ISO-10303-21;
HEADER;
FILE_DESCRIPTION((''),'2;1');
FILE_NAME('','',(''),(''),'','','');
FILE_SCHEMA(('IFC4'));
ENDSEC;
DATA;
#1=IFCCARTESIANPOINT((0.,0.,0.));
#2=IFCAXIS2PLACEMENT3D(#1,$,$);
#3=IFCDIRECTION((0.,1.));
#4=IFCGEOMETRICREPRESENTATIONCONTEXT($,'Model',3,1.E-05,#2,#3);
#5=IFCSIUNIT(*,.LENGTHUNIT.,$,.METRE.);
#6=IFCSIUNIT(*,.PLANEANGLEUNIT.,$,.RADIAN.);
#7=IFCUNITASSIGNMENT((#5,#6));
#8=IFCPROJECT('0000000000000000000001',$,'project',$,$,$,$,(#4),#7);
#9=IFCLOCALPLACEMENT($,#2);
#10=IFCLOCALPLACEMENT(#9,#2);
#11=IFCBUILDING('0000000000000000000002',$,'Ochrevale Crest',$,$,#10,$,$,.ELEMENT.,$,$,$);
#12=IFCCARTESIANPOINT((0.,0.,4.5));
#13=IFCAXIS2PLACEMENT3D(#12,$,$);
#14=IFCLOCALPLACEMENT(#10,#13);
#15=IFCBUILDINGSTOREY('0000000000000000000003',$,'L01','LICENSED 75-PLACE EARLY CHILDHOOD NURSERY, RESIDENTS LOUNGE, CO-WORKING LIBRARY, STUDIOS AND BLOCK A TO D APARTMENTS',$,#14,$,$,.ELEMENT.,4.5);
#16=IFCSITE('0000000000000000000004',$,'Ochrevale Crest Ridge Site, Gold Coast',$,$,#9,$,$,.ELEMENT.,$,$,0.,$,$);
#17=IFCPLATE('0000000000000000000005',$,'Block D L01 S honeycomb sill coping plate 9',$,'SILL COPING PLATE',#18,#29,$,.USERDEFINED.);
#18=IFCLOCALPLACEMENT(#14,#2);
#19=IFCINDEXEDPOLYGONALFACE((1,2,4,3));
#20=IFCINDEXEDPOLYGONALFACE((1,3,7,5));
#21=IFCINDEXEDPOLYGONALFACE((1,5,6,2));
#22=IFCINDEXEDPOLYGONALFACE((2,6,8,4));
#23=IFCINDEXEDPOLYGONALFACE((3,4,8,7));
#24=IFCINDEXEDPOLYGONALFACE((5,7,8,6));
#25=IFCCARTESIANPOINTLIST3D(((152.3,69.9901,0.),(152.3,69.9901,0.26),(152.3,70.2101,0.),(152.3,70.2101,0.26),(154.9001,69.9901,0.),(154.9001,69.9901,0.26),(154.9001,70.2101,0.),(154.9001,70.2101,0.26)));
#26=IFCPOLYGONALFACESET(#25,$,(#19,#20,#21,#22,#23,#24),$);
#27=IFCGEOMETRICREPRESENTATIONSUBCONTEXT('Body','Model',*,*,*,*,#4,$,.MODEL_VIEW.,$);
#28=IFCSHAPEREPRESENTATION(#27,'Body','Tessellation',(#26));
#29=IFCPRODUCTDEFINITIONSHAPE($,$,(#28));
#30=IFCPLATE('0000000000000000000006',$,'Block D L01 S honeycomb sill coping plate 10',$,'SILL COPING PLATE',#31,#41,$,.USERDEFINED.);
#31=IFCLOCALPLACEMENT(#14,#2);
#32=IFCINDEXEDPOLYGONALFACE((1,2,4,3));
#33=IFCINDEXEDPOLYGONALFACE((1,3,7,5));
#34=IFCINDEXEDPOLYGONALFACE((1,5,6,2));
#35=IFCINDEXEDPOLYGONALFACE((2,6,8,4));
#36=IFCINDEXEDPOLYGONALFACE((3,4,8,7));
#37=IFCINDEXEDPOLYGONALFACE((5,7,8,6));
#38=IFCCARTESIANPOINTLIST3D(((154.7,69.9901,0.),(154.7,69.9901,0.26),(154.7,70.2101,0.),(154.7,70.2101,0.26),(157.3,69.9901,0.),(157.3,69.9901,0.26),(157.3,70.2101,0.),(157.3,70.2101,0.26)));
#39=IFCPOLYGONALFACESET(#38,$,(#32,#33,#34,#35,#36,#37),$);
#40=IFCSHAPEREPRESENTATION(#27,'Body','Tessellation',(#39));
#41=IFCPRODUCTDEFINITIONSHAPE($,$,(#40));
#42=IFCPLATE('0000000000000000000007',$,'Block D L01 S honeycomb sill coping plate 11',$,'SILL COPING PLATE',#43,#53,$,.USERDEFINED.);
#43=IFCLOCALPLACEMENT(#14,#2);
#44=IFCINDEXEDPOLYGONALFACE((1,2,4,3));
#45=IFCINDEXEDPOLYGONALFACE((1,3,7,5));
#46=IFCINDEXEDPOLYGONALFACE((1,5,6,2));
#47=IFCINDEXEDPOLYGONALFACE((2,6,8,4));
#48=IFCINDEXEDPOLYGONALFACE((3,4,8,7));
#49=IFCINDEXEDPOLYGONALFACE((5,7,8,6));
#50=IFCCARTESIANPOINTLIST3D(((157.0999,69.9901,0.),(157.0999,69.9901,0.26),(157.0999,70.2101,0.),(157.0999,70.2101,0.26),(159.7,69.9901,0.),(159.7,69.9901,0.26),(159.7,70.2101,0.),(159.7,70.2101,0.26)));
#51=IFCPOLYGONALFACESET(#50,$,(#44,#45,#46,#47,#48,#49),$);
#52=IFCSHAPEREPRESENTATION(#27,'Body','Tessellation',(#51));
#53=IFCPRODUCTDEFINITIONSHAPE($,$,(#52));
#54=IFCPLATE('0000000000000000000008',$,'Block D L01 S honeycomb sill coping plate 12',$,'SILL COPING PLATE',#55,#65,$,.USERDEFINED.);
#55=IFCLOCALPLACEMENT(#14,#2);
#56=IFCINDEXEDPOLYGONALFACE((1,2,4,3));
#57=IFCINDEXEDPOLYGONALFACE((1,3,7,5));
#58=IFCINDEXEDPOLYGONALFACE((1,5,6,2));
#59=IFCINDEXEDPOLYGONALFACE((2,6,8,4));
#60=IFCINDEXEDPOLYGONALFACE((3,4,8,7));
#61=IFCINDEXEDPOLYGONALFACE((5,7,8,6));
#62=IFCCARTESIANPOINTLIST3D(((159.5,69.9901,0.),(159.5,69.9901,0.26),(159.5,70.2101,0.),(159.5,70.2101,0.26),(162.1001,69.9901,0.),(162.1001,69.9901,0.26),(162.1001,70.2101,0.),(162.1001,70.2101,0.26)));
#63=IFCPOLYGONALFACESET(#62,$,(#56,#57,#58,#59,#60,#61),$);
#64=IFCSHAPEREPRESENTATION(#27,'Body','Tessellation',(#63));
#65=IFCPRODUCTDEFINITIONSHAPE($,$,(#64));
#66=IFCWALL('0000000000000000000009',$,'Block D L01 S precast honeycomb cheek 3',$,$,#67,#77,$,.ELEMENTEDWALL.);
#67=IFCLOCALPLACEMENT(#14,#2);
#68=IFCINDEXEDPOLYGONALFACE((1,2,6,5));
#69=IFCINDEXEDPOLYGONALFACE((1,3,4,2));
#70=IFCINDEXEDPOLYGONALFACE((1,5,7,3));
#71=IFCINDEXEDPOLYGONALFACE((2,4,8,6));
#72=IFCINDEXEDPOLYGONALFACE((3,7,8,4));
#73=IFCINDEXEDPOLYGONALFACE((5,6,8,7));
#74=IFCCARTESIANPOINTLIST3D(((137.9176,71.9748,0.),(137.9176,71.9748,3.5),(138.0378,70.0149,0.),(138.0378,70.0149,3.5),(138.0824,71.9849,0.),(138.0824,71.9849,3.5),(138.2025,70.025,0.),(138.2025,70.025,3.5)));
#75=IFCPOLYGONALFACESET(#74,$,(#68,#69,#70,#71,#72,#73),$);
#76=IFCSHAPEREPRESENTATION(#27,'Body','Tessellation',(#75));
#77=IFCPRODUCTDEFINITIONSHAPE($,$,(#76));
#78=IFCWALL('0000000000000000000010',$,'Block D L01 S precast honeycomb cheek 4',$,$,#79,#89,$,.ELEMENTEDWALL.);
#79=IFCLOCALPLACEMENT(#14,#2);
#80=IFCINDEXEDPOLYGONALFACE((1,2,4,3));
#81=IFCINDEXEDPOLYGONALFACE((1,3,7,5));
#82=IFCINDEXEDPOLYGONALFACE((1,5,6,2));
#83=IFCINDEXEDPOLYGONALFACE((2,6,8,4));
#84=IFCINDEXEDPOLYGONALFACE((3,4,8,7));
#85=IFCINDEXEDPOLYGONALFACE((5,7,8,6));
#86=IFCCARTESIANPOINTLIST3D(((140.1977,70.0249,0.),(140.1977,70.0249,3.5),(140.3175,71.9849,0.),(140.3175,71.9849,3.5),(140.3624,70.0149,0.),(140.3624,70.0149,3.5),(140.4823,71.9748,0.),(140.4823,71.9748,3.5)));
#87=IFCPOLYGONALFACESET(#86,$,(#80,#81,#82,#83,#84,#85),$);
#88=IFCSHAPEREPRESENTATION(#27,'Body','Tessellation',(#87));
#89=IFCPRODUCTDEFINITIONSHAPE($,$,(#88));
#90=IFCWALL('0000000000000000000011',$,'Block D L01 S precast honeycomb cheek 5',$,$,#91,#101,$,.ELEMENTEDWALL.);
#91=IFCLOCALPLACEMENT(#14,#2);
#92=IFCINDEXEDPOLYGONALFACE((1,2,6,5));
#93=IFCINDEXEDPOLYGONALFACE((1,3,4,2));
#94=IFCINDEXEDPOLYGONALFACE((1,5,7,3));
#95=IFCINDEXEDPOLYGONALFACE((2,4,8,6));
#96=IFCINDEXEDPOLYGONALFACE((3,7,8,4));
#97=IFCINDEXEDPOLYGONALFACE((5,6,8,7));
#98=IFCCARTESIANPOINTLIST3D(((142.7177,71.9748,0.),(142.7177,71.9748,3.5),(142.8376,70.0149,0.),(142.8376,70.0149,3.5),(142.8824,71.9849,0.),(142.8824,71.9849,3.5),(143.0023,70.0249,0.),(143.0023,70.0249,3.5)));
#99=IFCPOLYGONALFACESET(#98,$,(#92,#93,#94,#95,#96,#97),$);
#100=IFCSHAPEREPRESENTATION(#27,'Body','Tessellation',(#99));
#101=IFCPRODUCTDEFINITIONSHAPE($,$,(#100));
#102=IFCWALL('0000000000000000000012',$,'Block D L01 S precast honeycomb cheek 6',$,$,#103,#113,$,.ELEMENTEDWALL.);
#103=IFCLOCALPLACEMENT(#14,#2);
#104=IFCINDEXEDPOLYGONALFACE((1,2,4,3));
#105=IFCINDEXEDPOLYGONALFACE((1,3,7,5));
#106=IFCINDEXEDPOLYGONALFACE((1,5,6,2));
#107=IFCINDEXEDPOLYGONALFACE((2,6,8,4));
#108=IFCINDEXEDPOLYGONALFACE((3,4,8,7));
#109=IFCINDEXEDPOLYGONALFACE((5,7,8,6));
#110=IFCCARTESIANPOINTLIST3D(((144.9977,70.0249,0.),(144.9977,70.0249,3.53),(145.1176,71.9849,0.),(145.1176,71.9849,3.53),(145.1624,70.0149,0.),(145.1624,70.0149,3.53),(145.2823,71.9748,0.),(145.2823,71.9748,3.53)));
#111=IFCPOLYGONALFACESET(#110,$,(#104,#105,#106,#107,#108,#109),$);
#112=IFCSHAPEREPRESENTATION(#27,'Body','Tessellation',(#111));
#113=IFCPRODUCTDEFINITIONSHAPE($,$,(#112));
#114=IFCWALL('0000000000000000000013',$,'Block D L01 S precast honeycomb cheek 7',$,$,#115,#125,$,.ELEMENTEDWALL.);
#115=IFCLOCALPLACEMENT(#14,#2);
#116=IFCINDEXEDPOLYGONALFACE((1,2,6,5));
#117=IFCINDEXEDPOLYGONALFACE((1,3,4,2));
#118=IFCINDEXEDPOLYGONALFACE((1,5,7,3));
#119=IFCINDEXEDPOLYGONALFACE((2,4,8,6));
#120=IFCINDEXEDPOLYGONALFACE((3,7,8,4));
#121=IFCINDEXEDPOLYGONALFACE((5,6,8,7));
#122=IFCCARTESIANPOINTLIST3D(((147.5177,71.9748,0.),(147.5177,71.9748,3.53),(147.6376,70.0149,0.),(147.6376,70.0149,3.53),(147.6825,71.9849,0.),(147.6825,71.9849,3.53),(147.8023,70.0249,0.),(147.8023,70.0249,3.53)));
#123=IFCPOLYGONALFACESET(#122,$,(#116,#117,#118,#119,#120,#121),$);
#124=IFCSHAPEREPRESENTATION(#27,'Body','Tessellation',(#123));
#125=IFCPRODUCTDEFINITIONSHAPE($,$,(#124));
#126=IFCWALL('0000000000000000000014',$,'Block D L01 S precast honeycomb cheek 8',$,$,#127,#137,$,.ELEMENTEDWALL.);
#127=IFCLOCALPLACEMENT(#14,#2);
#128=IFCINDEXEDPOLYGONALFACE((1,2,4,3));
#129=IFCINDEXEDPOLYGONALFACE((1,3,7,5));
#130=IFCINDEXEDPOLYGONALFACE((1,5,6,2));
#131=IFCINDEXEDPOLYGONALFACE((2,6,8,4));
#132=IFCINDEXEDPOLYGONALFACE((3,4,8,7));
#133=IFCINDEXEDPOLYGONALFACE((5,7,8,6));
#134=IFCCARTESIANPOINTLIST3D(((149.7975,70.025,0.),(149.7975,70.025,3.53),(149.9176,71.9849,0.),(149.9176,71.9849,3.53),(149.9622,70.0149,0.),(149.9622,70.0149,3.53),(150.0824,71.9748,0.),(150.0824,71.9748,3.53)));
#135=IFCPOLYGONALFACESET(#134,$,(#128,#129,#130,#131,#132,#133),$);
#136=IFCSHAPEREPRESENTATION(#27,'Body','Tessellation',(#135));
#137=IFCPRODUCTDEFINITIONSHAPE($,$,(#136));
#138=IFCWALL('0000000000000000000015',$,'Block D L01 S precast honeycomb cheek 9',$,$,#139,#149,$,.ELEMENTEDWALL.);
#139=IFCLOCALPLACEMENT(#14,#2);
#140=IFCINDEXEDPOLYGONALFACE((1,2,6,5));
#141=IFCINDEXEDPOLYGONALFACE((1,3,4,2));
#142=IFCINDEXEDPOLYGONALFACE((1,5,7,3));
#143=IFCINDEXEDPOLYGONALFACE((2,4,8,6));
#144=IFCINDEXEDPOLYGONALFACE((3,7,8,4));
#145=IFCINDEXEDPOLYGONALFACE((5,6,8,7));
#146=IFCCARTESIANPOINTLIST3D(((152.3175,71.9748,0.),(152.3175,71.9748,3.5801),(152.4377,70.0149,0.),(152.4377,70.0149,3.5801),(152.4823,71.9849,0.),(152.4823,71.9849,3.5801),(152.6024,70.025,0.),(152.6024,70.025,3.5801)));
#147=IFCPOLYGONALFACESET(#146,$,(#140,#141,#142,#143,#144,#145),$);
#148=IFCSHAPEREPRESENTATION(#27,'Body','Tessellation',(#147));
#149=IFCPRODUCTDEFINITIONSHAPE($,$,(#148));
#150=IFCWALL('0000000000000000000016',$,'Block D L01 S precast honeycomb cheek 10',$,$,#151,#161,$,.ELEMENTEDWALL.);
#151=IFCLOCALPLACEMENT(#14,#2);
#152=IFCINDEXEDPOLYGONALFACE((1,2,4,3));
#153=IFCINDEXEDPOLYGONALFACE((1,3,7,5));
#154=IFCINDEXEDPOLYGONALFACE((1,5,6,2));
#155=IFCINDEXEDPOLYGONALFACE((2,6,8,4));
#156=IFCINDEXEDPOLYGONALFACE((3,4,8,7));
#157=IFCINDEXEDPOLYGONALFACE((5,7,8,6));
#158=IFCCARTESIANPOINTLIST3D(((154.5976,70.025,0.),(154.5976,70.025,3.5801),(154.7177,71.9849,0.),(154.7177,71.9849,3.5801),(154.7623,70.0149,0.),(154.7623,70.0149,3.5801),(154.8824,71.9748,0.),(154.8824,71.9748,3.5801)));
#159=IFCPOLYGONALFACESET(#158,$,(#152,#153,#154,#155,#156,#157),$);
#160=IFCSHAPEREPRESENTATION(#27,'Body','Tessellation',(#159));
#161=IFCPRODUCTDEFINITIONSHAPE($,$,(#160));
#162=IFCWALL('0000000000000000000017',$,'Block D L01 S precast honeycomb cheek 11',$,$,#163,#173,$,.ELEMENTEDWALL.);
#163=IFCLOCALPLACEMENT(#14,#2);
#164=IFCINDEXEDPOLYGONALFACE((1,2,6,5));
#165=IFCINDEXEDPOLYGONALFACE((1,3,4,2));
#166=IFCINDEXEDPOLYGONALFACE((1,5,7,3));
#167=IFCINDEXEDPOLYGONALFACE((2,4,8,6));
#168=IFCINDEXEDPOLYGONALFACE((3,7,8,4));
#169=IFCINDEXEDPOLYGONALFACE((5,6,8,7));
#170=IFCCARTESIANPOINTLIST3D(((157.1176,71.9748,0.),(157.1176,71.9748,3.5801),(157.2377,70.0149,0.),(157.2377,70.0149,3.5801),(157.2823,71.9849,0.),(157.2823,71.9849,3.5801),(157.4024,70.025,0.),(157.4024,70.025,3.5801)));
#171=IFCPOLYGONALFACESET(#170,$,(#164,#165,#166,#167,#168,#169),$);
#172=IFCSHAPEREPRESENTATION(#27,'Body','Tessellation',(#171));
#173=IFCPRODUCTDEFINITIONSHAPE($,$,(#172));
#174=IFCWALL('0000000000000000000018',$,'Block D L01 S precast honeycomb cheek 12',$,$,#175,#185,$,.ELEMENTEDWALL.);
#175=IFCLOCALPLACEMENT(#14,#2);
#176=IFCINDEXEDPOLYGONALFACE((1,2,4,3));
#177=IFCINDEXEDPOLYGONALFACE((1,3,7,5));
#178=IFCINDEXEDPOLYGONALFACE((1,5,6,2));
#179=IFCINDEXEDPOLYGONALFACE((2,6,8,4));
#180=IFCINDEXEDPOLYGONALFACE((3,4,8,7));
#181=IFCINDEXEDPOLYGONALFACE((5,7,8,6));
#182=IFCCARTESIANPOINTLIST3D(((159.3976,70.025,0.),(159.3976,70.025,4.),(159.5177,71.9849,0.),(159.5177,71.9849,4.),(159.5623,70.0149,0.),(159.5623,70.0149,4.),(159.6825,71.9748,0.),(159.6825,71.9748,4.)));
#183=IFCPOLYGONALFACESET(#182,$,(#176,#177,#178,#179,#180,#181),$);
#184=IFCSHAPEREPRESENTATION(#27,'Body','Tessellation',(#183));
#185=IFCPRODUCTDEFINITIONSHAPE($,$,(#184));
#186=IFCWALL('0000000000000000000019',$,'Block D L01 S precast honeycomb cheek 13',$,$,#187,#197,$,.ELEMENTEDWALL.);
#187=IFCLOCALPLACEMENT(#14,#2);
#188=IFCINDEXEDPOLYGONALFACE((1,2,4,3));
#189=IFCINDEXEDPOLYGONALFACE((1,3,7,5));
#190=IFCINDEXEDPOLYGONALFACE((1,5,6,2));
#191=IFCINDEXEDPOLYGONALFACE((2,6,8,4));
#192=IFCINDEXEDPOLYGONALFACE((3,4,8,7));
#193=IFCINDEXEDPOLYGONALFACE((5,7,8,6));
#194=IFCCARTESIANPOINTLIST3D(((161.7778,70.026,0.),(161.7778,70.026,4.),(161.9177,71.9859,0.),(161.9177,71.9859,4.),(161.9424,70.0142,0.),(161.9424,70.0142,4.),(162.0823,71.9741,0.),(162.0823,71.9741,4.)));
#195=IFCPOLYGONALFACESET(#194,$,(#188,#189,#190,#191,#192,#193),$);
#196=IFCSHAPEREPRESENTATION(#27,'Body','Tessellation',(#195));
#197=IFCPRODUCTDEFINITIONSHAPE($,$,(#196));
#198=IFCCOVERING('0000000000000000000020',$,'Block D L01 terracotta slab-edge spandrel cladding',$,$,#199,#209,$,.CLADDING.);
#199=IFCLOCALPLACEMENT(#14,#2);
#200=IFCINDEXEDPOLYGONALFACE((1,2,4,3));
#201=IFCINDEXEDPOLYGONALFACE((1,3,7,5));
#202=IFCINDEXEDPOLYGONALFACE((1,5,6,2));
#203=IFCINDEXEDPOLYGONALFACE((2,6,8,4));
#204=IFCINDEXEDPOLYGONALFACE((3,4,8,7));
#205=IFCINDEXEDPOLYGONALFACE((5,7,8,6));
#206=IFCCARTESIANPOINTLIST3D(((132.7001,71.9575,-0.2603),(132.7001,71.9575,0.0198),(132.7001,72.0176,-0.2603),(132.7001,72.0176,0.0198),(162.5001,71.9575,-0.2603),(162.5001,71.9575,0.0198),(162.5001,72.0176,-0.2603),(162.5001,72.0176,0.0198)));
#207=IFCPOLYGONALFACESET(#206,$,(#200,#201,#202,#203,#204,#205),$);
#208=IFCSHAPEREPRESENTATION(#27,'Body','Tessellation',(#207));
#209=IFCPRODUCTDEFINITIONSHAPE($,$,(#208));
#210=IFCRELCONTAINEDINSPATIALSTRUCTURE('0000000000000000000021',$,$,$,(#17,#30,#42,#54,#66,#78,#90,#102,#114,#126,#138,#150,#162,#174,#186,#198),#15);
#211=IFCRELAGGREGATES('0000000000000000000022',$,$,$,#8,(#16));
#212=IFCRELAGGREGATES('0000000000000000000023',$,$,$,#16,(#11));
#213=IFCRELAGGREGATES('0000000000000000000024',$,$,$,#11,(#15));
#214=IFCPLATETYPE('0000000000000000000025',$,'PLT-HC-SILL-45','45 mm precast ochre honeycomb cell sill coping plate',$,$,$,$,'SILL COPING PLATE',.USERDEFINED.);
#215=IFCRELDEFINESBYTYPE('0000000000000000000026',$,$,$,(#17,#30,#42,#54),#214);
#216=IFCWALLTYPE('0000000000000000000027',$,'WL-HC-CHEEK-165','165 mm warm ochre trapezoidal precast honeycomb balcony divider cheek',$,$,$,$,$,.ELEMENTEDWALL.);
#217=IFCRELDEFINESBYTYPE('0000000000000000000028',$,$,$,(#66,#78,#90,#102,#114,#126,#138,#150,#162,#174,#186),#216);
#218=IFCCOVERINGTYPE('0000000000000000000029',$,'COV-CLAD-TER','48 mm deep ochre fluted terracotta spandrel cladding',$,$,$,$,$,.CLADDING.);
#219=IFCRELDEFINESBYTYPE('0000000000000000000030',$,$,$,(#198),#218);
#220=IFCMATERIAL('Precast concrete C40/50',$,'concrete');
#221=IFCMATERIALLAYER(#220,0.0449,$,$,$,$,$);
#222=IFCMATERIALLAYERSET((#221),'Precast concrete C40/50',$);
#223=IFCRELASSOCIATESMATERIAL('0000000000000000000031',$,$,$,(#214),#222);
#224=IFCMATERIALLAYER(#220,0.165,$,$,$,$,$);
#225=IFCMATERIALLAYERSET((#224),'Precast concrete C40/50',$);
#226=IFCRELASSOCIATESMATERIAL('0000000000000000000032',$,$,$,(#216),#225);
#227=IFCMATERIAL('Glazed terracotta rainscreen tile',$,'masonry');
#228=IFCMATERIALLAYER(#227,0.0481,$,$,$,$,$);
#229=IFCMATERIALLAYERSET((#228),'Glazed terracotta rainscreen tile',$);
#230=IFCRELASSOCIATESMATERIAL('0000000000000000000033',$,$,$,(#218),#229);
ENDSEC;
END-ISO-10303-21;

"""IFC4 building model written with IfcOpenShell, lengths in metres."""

from ifc_helpers import new_model, si_unit, direction, frame, frame_2d, origin, origin_2d, place, context, subcontext, project, spatial, rectangle, extrude, material, layer, layer_set, type_object, element, save


model = new_model("IFC4")

# Units and contexts
model_context = context("Model", 3, precision=1e-05, world=origin(), true_north=direction((0.0, 1.0)))
body_context = subcontext(model_context, "Body", "Model", "MODEL_VIEW")
ifc_project = project(units=[si_unit("LENGTHUNIT", "METRE"), si_unit("PLANEANGLEUNIT", "RADIAN")], contexts=[model_context])

# Site, building, storey
site_placement = place(None, origin())
site = spatial("IfcSite", under=ifc_project, at=site_placement, Name="Ochrevale Crest Ridge Site, Gold Coast", CompositionType="ELEMENT", RefElevation=0.0)
building_placement = place(site_placement, origin())
building = spatial("IfcBuilding", under=site, at=building_placement, Name="Ochrevale Crest", CompositionType="ELEMENT")
storey_placement = place(building_placement, frame((0.0, 0.0, 4.5)))
storey = spatial("IfcBuildingStorey", under=building, at=storey_placement, Name="L01", Description="LICENSED 75-PLACE EARLY CHILDHOOD NURSERY, RESIDENTS LOUNGE, CO-WORKING LIBRARY, STUDIOS AND BLOCK A TO D APARTMENTS", CompositionType="ELEMENT", Elevation=4.5)

# Shared definitions
ifc_material_1 = material(Name="Precast concrete C40/50", Category="concrete")

# Plates
ifc_layer_1 = layer(ifc_material_1, 0.0449)
ifc_layer_set_1 = layer_set([ifc_layer_1], Name="Precast concrete C40/50")
plate_type_1 = type_object("IfcPlateType", Name="PLT-HC-SILL-45", Description="45 mm precast ochre honeycomb cell sill coping plate", ElementType="SILL COPING PLATE", PredefinedType="USERDEFINED", material=ifc_layer_set_1)
for number, where, z_axis, x_axis, name in (
    (1, (153.6001, 70.1001, 0.0), (0.0, 0.0, 1.0), (1.0, 0.0, 0.0), "Block D L01 S honeycomb sill coping plate 9"),
    (2, (156.0, 70.1001, 0.0), (0.0, 0.0, 1.0), (1.0, 0.0, 0.0), "Block D L01 S honeycomb sill coping plate 10"),
    (3, (158.3999, 70.1001, 0.0), (0.0, 0.0, 1.0), (1.0, 0.0, 0.0), "Block D L01 S honeycomb sill coping plate 11"),
    (4, (160.8, 70.1001, 0.0), (0.0, 0.0, 1.0), (1.0, 0.0, 0.0), "Block D L01 S honeycomb sill coping plate 12"),
):
    element("IfcPlate", number, at=place(storey_placement, frame(where, z_axis=z_axis, x_axis=x_axis)), inside=storey, type_object=plate_type_1, Name=name, ObjectType="SILL COPING PLATE", PredefinedType="USERDEFINED", context=body_context, shape_type="SweptSolid", body=[
        extrude(rectangle(XDim=2.6001, YDim=0.22, at=origin_2d()), origin(), (0.0, 0.0, 1.0), 0.26),
    ])

# Walls
ifc_layer_2 = layer(ifc_material_1, 0.165)
ifc_layer_set_2 = layer_set([ifc_layer_2], Name="Precast concrete C40/50")
wall_type = type_object("IfcWallType", Name="WL-HC-CHEEK-165", Description="165 mm warm ochre trapezoidal precast honeycomb balcony divider cheek", PredefinedType="ELEMENTEDWALL", material=ifc_layer_set_2)
for number, where, z_axis, x_axis, name in (
    (5, (138.0, 71.98, 0.0), (0.0, 0.0, 1.0), (0.061171, -0.998127, 0.0), "Block D L01 S precast honeycomb cheek 3"),
    (6, (140.3999, 71.98, 0.0), (0.0, 0.0, 1.0), (-0.061047, -0.998135, 0.0), "Block D L01 S precast honeycomb cheek 4"),
    (7, (142.8, 71.98, 0.0), (0.0, 0.0, 1.0), (0.061047, -0.998135, 0.0), "Block D L01 S precast honeycomb cheek 5"),
):
    element("IfcWall", number, at=place(storey_placement, frame(where, z_axis=z_axis, x_axis=x_axis)), inside=storey, type_object=wall_type, Name=name, PredefinedType="ELEMENTEDWALL", context=body_context, shape_type="SweptSolid", body=[
        extrude(rectangle(XDim=1.9636, YDim=0.165, at=frame_2d((0.9819, 0.0))), origin(), (0.0, 0.0, 1.0), 3.5),
    ])
for number, where, z_axis, x_axis, name in (
    (8, (145.2, 71.98, 0.0), (0.0, 0.0, 1.0), (-0.061047, -0.998135, 0.0), "Block D L01 S precast honeycomb cheek 6"),
    (9, (147.6001, 71.98, 0.0), (0.0, 0.0, 1.0), (0.061047, -0.998135, 0.0), "Block D L01 S precast honeycomb cheek 7"),
    (10, (150.0, 71.98, 0.0), (0.0, 0.0, 1.0), (-0.061171, -0.998127, 0.0), "Block D L01 S precast honeycomb cheek 8"),
):
    element("IfcWall", number, at=place(storey_placement, frame(where, z_axis=z_axis, x_axis=x_axis)), inside=storey, type_object=wall_type, Name=name, PredefinedType="ELEMENTEDWALL", context=body_context, shape_type="SweptSolid", body=[
        extrude(rectangle(XDim=1.9636, YDim=0.165, at=frame_2d((0.9819, 0.0))), origin(), (0.0, 0.0, 1.0), 3.53),
    ])
for number, where, z_axis, x_axis, name in (
    (11, (152.3999, 71.98, 0.0), (0.0, 0.0, 1.0), (0.061171, -0.998127, 0.0), "Block D L01 S precast honeycomb cheek 9"),
    (12, (154.8, 71.98, 0.0), (0.0, 0.0, 1.0), (-0.061171, -0.998127, 0.0), "Block D L01 S precast honeycomb cheek 10"),
    (13, (157.2, 71.98, 0.0), (0.0, 0.0, 1.0), (0.061171, -0.998127, 0.0), "Block D L01 S precast honeycomb cheek 11"),
):
    element("IfcWall", number, at=place(storey_placement, frame(where, z_axis=z_axis, x_axis=x_axis)), inside=storey, type_object=wall_type, Name=name, PredefinedType="ELEMENTEDWALL", context=body_context, shape_type="SweptSolid", body=[
        extrude(rectangle(XDim=1.9636, YDim=0.165, at=frame_2d((0.9819, 0.0))), origin(), (0.0, 0.0, 1.0), 3.5801),
    ])
wall_1_placement = place(storey_placement, frame((159.6001, 71.98, 0.0), z_axis=(0.0, 0.0, 1.0), x_axis=(-0.061171, -0.998127, 0.0)))
element("IfcWall", 14, at=wall_1_placement, inside=storey, type_object=wall_type, Name="Block D L01 S precast honeycomb cheek 12", PredefinedType="ELEMENTEDWALL", context=body_context, shape_type="SweptSolid", body=[
    extrude(rectangle(XDim=1.9636, YDim=0.165, at=frame_2d((0.9819, 0.0))), origin(), (0.0, 0.0, 1.0), 4.0),
])
wall_2_placement = place(storey_placement, frame((162.0, 71.98, 0.0), z_axis=(0.0, 0.0, 1.0), x_axis=(-0.071194, -0.997462, 0.0)))
element("IfcWall", 15, at=wall_2_placement, inside=storey, type_object=wall_type, Name="Block D L01 S precast honeycomb cheek 13", PredefinedType="ELEMENTEDWALL", context=body_context, shape_type="SweptSolid", body=[
    extrude(rectangle(XDim=1.9648, YDim=0.165, at=frame_2d((0.9824, 0.0))), origin(), (0.0, 0.0, 1.0), 4.0),
])

# Covering
ifc_material_2 = material(Name="Glazed terracotta rainscreen tile", Category="masonry")
ifc_layer_3 = layer(ifc_material_2, 0.0481)
ifc_layer_set_3 = layer_set([ifc_layer_3], Name="Glazed terracotta rainscreen tile")
covering_type = type_object("IfcCoveringType", Name="COV-CLAD-TER", Description="48 mm deep ochre fluted terracotta spandrel cladding", PredefinedType="CLADDING", material=ifc_layer_set_3)
covering_placement = place(storey_placement, frame((147.6001, 71.9875, -0.2603), z_axis=(0.0, 0.0, 1.0), x_axis=(1.0, 0.0, 0.0)))
element("IfcCovering", 16, at=covering_placement, inside=storey, type_object=covering_type, Name="Block D L01 terracotta slab-edge spandrel cladding", PredefinedType="CLADDING", context=body_context, shape_type="SweptSolid", body=[
    extrude(rectangle(XDim=29.8, YDim=0.0601, at=origin_2d()), origin(), (0.0, 0.0, 1.0), 0.28),
])

save(model, "model.ifc")
